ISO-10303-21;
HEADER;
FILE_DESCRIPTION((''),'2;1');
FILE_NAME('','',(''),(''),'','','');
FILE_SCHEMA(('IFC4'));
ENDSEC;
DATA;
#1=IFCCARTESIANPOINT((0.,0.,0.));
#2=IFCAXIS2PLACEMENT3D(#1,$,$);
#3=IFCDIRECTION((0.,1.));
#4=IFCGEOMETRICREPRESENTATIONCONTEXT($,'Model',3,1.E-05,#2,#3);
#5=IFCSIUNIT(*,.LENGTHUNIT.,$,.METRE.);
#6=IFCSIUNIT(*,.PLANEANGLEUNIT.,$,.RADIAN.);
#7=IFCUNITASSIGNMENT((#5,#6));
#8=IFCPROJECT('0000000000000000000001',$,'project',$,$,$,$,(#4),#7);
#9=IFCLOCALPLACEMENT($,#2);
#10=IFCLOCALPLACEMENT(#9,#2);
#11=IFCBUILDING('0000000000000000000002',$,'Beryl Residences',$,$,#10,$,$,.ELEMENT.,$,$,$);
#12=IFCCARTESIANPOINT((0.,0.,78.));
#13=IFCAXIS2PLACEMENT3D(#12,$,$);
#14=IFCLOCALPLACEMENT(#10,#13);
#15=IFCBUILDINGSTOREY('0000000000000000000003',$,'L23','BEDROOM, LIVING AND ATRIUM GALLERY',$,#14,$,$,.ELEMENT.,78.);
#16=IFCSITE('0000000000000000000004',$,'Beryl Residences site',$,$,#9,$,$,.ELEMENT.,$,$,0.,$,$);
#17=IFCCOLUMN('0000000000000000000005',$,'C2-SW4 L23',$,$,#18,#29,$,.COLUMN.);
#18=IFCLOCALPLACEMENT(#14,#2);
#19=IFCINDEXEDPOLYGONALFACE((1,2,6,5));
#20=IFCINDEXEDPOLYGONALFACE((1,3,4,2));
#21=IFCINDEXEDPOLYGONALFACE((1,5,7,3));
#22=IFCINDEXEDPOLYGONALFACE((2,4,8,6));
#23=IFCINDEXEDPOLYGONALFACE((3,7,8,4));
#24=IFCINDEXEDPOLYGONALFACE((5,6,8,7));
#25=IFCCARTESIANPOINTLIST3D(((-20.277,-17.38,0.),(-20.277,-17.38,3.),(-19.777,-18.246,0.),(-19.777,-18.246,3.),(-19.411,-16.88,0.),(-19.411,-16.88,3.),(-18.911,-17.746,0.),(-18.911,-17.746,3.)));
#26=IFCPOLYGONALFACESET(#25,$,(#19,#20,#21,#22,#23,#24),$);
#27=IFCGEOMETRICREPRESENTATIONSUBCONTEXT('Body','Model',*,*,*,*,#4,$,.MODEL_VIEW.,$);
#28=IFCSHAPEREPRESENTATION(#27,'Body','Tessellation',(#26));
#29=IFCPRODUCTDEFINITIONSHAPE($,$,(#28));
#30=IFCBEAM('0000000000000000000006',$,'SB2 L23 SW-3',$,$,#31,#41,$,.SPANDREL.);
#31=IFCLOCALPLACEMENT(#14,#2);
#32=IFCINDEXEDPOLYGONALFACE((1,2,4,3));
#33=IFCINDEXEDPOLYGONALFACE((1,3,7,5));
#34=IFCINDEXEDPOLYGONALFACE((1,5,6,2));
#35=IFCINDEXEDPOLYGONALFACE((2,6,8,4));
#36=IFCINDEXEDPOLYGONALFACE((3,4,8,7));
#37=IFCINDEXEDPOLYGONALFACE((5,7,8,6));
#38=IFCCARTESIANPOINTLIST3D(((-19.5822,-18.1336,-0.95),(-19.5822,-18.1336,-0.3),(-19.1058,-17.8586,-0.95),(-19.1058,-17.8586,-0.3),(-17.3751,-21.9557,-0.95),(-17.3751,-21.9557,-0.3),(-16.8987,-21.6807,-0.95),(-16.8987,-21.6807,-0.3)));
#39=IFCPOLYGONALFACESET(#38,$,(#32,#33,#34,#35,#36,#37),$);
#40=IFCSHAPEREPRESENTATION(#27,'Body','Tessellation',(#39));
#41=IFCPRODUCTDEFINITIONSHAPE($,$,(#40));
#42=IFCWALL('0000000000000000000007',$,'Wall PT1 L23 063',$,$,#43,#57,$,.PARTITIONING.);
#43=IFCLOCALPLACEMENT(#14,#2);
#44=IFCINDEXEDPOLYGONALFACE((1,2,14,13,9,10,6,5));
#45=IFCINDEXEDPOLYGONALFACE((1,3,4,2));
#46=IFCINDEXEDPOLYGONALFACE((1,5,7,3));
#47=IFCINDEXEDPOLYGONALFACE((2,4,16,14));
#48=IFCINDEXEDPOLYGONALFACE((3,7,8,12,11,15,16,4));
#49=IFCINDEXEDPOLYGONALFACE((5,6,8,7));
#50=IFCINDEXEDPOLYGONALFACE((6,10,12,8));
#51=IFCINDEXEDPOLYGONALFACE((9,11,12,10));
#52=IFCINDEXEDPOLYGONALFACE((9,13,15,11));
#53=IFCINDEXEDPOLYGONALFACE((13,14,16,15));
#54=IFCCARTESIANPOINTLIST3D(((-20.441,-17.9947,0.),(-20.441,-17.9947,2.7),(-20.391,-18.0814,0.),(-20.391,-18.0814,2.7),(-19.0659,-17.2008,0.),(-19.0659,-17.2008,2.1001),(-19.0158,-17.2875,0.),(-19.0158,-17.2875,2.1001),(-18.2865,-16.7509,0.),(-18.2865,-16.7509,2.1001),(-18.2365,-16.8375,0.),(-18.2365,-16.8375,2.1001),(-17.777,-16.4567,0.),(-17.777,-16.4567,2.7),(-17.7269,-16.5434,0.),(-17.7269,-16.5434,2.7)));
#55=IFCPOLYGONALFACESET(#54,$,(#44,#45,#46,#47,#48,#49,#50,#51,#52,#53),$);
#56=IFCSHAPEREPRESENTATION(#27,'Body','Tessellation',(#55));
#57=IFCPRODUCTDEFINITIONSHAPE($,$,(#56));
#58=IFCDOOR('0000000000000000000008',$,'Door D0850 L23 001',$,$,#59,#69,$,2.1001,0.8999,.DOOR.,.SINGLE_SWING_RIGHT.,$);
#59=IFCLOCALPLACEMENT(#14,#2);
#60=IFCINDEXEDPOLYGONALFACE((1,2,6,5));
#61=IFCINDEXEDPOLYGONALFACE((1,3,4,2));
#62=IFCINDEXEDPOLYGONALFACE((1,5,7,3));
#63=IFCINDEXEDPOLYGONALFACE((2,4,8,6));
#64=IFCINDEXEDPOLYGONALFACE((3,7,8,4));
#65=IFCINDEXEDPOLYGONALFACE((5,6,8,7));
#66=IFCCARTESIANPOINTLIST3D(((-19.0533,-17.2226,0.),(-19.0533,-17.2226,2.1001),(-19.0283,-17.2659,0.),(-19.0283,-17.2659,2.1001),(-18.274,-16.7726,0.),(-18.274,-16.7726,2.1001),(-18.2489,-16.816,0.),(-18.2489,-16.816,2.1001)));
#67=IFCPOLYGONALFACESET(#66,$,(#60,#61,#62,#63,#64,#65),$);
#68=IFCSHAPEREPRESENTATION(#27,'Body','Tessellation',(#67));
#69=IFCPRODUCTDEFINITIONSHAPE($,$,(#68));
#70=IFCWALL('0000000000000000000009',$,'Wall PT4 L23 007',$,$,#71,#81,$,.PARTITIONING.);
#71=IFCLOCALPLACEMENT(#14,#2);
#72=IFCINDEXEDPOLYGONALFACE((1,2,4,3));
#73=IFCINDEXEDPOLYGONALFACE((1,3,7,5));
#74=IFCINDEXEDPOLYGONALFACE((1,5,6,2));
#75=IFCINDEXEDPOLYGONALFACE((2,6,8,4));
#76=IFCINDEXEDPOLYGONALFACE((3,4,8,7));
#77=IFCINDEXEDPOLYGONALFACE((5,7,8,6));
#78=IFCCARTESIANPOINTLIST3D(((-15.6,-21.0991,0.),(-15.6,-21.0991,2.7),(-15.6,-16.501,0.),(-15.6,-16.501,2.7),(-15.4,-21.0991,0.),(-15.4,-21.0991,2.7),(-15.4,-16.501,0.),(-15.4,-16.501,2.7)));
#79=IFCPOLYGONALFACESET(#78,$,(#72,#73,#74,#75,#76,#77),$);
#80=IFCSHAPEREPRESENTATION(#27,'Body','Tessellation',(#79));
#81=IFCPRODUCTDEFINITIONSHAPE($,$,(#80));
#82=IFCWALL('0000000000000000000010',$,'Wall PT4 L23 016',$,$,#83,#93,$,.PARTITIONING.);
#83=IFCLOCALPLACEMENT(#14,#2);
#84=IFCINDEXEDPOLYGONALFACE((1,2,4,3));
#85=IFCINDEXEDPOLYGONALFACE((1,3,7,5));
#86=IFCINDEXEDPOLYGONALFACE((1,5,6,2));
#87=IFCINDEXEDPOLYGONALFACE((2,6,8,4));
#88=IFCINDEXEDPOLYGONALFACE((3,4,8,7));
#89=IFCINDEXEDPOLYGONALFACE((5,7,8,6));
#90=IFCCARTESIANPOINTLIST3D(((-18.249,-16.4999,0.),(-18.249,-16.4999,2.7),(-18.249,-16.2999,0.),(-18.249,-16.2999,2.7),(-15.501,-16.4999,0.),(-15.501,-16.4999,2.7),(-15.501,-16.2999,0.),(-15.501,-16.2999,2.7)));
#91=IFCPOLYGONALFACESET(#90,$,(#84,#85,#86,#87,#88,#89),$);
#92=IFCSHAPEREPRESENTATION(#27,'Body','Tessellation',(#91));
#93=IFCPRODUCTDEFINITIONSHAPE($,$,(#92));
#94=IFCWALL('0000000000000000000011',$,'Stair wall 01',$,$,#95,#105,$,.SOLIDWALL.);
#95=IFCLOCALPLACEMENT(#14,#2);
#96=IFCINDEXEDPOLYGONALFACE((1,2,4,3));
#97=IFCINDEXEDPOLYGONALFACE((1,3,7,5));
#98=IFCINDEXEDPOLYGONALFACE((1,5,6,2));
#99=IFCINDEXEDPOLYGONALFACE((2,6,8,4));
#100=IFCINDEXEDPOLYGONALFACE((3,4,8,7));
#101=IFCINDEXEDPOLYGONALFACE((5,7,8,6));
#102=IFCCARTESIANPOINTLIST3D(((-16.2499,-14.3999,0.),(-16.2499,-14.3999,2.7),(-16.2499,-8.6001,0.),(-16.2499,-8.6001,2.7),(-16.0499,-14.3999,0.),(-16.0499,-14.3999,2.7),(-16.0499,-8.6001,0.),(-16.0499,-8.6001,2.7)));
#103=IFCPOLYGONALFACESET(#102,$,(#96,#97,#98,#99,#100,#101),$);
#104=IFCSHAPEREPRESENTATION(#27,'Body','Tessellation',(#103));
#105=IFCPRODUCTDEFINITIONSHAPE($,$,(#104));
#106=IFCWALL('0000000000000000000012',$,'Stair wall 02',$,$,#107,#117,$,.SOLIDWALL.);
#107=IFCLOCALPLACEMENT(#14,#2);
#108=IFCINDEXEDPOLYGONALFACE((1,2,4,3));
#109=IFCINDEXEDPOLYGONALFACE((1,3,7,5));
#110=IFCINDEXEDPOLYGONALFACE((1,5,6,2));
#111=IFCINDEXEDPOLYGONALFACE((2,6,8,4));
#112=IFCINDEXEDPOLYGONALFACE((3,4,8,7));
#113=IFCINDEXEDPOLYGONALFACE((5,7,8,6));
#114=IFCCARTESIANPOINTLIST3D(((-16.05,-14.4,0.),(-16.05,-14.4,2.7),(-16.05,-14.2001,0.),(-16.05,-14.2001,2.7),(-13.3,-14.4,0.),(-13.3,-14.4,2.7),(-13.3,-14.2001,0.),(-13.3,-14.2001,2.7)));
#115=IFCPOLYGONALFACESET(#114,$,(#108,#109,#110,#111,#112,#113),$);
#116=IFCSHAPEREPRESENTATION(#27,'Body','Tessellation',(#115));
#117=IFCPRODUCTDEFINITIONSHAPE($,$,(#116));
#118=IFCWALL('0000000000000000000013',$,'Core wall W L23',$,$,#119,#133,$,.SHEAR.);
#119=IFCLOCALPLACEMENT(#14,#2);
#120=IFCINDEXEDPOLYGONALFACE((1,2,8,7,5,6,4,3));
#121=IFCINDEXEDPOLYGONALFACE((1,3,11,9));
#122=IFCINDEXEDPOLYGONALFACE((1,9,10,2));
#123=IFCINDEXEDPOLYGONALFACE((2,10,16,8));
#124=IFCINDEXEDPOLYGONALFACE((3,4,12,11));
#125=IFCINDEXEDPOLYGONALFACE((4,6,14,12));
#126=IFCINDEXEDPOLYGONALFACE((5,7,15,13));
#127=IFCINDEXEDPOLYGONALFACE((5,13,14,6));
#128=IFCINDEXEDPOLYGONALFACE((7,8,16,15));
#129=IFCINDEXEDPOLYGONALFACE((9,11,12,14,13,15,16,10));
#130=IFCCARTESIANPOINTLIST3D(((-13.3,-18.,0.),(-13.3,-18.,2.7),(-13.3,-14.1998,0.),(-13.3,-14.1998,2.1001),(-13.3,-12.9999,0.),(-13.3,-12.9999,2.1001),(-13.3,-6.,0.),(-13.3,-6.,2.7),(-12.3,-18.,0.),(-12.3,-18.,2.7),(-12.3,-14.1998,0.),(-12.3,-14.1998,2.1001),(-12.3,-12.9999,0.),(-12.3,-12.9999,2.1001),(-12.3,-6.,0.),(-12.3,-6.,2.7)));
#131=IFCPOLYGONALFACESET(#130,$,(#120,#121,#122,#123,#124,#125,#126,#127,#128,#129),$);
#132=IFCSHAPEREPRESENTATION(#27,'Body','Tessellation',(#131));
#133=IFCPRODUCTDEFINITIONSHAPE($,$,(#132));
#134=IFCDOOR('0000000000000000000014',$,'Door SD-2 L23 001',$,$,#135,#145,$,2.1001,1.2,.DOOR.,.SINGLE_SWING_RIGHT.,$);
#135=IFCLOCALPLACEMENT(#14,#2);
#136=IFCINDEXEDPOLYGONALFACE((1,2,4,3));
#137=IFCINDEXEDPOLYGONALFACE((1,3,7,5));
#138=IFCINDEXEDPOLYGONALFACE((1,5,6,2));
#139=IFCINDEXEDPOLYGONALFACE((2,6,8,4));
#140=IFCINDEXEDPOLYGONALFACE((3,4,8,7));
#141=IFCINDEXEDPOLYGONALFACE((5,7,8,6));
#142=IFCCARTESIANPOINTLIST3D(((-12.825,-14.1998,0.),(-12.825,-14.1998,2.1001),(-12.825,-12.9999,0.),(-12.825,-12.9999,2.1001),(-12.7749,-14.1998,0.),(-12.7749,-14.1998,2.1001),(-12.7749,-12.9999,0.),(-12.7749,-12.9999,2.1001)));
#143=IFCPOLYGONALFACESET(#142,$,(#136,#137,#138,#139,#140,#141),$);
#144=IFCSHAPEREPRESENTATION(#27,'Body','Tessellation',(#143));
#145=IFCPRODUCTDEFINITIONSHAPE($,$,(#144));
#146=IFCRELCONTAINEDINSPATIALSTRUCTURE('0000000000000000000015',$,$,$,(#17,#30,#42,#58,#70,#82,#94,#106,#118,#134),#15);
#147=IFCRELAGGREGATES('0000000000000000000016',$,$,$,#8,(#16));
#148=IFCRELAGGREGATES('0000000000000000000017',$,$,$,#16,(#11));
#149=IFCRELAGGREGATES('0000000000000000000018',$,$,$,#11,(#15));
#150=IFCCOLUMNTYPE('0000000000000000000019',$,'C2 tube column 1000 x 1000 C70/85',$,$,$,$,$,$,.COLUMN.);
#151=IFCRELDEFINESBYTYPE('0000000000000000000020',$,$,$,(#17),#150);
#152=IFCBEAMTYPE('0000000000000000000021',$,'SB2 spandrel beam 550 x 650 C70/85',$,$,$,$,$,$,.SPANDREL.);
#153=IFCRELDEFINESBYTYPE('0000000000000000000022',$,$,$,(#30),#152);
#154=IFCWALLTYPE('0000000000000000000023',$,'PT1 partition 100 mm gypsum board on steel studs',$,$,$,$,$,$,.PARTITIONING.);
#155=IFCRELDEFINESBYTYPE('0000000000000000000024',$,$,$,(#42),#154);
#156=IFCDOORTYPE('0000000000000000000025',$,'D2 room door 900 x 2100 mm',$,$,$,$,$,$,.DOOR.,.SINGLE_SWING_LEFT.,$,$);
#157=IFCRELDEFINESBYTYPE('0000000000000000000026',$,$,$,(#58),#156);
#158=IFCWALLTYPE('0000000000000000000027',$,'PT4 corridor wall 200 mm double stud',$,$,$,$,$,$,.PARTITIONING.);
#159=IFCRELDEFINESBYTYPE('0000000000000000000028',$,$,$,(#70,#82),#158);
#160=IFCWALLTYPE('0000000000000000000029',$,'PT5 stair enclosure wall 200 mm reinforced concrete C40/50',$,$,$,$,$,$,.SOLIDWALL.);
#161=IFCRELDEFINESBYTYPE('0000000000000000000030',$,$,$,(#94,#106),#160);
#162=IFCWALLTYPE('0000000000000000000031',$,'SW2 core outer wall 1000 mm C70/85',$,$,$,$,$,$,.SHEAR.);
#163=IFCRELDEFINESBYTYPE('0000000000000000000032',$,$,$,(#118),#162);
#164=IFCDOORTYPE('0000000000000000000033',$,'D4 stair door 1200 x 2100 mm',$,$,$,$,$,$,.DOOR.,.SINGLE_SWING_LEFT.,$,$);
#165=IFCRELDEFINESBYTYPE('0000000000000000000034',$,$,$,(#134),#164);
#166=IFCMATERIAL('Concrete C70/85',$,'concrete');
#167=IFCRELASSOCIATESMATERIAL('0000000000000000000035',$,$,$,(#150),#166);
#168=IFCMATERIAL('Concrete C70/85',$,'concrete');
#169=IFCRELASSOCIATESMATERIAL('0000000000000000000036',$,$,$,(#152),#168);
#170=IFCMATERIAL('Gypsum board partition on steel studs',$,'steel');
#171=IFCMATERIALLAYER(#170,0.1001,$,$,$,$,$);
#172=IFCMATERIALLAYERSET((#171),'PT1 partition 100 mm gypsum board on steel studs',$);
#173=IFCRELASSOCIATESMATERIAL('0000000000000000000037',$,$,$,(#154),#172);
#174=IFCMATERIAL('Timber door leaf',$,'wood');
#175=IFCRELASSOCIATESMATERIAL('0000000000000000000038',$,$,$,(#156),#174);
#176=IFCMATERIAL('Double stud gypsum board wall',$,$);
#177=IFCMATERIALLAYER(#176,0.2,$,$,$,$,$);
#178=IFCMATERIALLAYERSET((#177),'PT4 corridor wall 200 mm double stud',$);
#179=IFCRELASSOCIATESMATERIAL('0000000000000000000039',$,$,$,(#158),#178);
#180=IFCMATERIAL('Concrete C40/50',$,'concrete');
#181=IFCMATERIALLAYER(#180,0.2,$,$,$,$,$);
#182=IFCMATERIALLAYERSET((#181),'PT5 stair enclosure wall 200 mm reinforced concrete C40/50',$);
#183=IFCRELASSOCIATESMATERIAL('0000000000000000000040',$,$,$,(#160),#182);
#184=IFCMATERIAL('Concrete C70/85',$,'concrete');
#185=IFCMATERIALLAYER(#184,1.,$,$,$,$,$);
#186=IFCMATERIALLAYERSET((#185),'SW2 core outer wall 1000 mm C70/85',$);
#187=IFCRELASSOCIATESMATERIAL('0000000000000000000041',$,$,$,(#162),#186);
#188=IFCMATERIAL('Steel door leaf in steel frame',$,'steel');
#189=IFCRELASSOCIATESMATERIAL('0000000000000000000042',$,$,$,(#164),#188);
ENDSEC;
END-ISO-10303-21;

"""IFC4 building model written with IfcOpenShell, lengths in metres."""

from ifc_helpers import new_model, si_unit, direction, frame, frame_2d, origin, origin_2d, place, context, subcontext, project, spatial, rectangle, extrude, material, layer, layer_set, material_profile, profile_set, type_object, element, fill, save


model = new_model("IFC4")

# Units and contexts
model_context = context("Model", 3, precision=1e-05, world=origin(), true_north=direction((0.0, 1.0)))
body_context = subcontext(model_context, "Body", "Model", "MODEL_VIEW")
ifc_project = project(units=[si_unit("LENGTHUNIT", "METRE"), si_unit("PLANEANGLEUNIT", "RADIAN")], contexts=[model_context])

# Site, building, storey
site_placement = place(None, origin())
site = spatial("IfcSite", under=ifc_project, at=site_placement, Name="Beryl Residences site", CompositionType="ELEMENT", RefElevation=0.0)
building_placement = place(site_placement, origin())
building = spatial("IfcBuilding", under=site, at=building_placement, Name="Beryl Residences", CompositionType="ELEMENT")
storey_placement = place(building_placement, frame((0.0, 0.0, 78.0)))
storey = spatial("IfcBuildingStorey", under=building, at=storey_placement, Name="L23", Description="BEDROOM, LIVING AND ATRIUM GALLERY", CompositionType="ELEMENT", Elevation=78.0)

# Column
ifc_material_1 = material(Name="Concrete C70/85", Category="concrete")
ifc_material_profile_1 = material_profile(ifc_material_1, rectangle(XDim=1.0, YDim=1.0, at=origin_2d()))
ifc_profile_set_1 = profile_set([ifc_material_profile_1], Name="Concrete C70/85")
column_type = type_object("IfcColumnType", Name="C2 tube column 1000 x 1000 C70/85", PredefinedType="COLUMN", material=ifc_profile_set_1)
column_placement = place(storey_placement, frame((-19.594, -17.563, 0.0), z_axis=(0.0, 0.0, 1.0), x_axis=(0.5, -0.866025, 0.0)))
element("IfcColumn", 1, at=column_placement, inside=storey, type_object=column_type, Name="C2-SW4 L23", PredefinedType="COLUMN", context=body_context, shape_type="SweptSolid", body=[
    extrude(rectangle(XDim=1.0, YDim=1.0, at=origin_2d()), origin(), (0.0, 0.0, 1.0), 3.0),
])

# Beam
ifc_material_2 = material(Name="Concrete C70/85", Category="concrete")
ifc_material_profile_2 = material_profile(ifc_material_2, rectangle(XDim=0.55, YDim=0.6499, at=origin_2d()))
ifc_profile_set_2 = profile_set([ifc_material_profile_2], Name="Concrete C70/85")
beam_type = type_object("IfcBeamType", Name="SB2 spandrel beam 550 x 650 C70/85", PredefinedType="SPANDREL", material=ifc_profile_set_2)
beam_placement = place(storey_placement, frame((-19.344, -17.9961, -0.625), z_axis=(0.500066, -0.865988, 0.0), x_axis=(0.865988, 0.500066, 0.0)))
element("IfcBeam", 2, at=beam_placement, inside=storey, type_object=beam_type, Name="SB2 L23 SW-3", PredefinedType="SPANDREL", context=body_context, shape_type="SweptSolid", body=[
    extrude(rectangle(XDim=0.55, YDim=0.6499, at=origin_2d()), origin(), (0.0, 0.0, 1.0), 4.4136),
])

# Wall, opening, door
ifc_material_3 = material(Name="Gypsum board partition on steel studs", Category="steel")
ifc_layer_1 = layer(ifc_material_3, 0.1001)
ifc_layer_set_1 = layer_set([ifc_layer_1], Name="PT1 partition 100 mm gypsum board on steel studs")
wall_type_1 = type_object("IfcWallType", Name="PT1 partition 100 mm gypsum board on steel studs", PredefinedType="PARTITIONING", material=ifc_layer_set_1)
wall_1_placement = place(storey_placement, frame((-20.416, -18.0381, 0.0), z_axis=(0.0, 0.0, 1.0), x_axis=(0.866027, 0.499997, 0.0)))
wall_1 = element("IfcWall", 3, at=wall_1_placement, inside=storey, type_object=wall_type_1, Name="Wall PT1 L23 063", PredefinedType="PARTITIONING", context=body_context, shape_type="SweptSolid", body=[
    extrude(rectangle(XDim=3.0762, YDim=0.1001, at=frame_2d((1.5381, 0.0))), origin(), (0.0, 0.0, 1.0), 2.7),
])
opening_1_placement = place(wall_1_placement, frame((1.5879, 0.0, 0.0)))
opening_1 = element("IfcOpeningElement", 4, at=opening_1_placement, cuts=wall_1, PredefinedType="OPENING", context=body_context, shape_type="SweptSolid", body=[
    extrude(rectangle(XDim=0.8999, YDim=2.1001, at=frame_2d((0.45, 1.05))), frame((0.0, 0.0601, 0.0), z_axis=(0.0, -1.0, 0.0), x_axis=(1.0, 0.0, 0.0)), (0.0, 0.0, 1.0), 0.1201),
])
ifc_material_4 = material(Name="Timber door leaf", Category="wood")
door_type_1 = type_object("IfcDoorType", Name="D2 room door 900 x 2100 mm", OperationType="SINGLE_SWING_LEFT", PredefinedType="DOOR", material=ifc_material_4)
door_1_placement = place(opening_1_placement, origin())
door_1 = element("IfcDoor", 5, at=door_1_placement, inside=storey, type_object=door_type_1, Name="Door D0850 L23 001", OperationType="SINGLE_SWING_RIGHT", OverallHeight=2.1001, OverallWidth=0.8999, PredefinedType="DOOR", context=body_context, shape_type="SweptSolid", body=[
    extrude(rectangle(XDim=0.8999, YDim=2.1001, at=frame_2d((0.45, 1.05))), frame((0.0, 0.0249, 0.0), z_axis=(0.0, -1.0, 0.0), x_axis=(1.0, 0.0, 0.0)), (0.0, 0.0, 1.0), 0.05),
])
fill(opening_1, door_1)

# Walls
ifc_material_5 = material(Name="Double stud gypsum board wall")
ifc_layer_2 = layer(ifc_material_5, 0.2)
ifc_layer_set_2 = layer_set([ifc_layer_2], Name="PT4 corridor wall 200 mm double stud")
wall_type_2 = type_object("IfcWallType", Name="PT4 corridor wall 200 mm double stud", PredefinedType="PARTITIONING", material=ifc_layer_set_2)
wall_2_placement = place(storey_placement, frame((-15.5, -16.501, 0.0), z_axis=(0.0, 0.0, 1.0), x_axis=(0.0, -1.0, 0.0)))
element("IfcWall", 6, at=wall_2_placement, inside=storey, type_object=wall_type_2, Name="Wall PT4 L23 007", PredefinedType="PARTITIONING", context=body_context, shape_type="SweptSolid", body=[
    extrude(rectangle(XDim=4.5981, YDim=0.2, at=frame_2d((2.2991, 0.0))), origin(), (0.0, 0.0, 1.0), 2.7),
])
wall_3_placement = place(storey_placement, frame((-18.249, -16.3999, 0.0), z_axis=(0.0, 0.0, 1.0), x_axis=(1.0, 0.0, 0.0)))
element("IfcWall", 7, at=wall_3_placement, inside=storey, type_object=wall_type_2, Name="Wall PT4 L23 016", PredefinedType="PARTITIONING", context=body_context, shape_type="SweptSolid", body=[
    extrude(rectangle(XDim=2.748, YDim=0.2, at=frame_2d((1.374, 0.0))), origin(), (0.0, 0.0, 1.0), 2.7),
])
ifc_material_6 = material(Name="Concrete C40/50", Category="concrete")
ifc_layer_3 = layer(ifc_material_6, 0.2)
ifc_layer_set_3 = layer_set([ifc_layer_3], Name="PT5 stair enclosure wall 200 mm reinforced concrete C40/50")
wall_type_3 = type_object("IfcWallType", Name="PT5 stair enclosure wall 200 mm reinforced concrete C40/50", PredefinedType="SOLIDWALL", material=ifc_layer_set_3)
wall_4_placement = place(storey_placement, frame((-16.1499, -14.3999, 0.0), z_axis=(0.0, 0.0, 1.0), x_axis=(0.0, 1.0, 0.0)))
element("IfcWall", 8, at=wall_4_placement, inside=storey, type_object=wall_type_3, Name="Stair wall 01", PredefinedType="SOLIDWALL", context=body_context, shape_type="SweptSolid", body=[
    extrude(rectangle(XDim=5.7998, YDim=0.2, at=frame_2d((2.8999, 0.0))), origin(), (0.0, 0.0, 1.0), 2.7),
])
wall_5_placement = place(storey_placement, frame((-16.05, -14.3, 0.0), z_axis=(0.0, 0.0, 1.0), x_axis=(1.0, 0.0, 0.0)))
element("IfcWall", 9, at=wall_5_placement, inside=storey, type_object=wall_type_3, Name="Stair wall 02", PredefinedType="SOLIDWALL", context=body_context, shape_type="SweptSolid", body=[
    extrude(rectangle(XDim=2.75, YDim=0.2, at=frame_2d((1.375, 0.0))), origin(), (0.0, 0.0, 1.0), 2.7),
])

# Wall, opening, door
ifc_material_7 = material(Name="Concrete C70/85", Category="concrete")
ifc_layer_4 = layer(ifc_material_7, 1.0)
ifc_layer_set_4 = layer_set([ifc_layer_4], Name="SW2 core outer wall 1000 mm C70/85")
wall_type_4 = type_object("IfcWallType", Name="SW2 core outer wall 1000 mm C70/85", PredefinedType="SHEAR", material=ifc_layer_set_4)
wall_6_placement = place(storey_placement, frame((-12.8, -18.0, 0.0), z_axis=(0.0, 0.0, 1.0), x_axis=(0.0, 1.0, 0.0)))
wall_6 = element("IfcWall", 10, at=wall_6_placement, inside=storey, type_object=wall_type_4, Name="Core wall W L23", PredefinedType="SHEAR", context=body_context, shape_type="SweptSolid", body=[
    extrude(rectangle(XDim=12.0, YDim=1.0, at=frame_2d((6.0, 0.0))), origin(), (0.0, 0.0, 1.0), 2.7),
])
opening_2_placement = place(wall_6_placement, frame((3.8, 0.0, 0.0)))
opening_2 = element("IfcOpeningElement", 11, at=opening_2_placement, cuts=wall_6, PredefinedType="OPENING", context=body_context, shape_type="SweptSolid", body=[
    extrude(rectangle(XDim=1.2, YDim=2.1001, at=frame_2d((0.6001, 1.05))), frame((0.0, 0.51, 0.0), z_axis=(0.0, -1.0, 0.0), x_axis=(1.0, 0.0, 0.0)), (0.0, 0.0, 1.0), 1.02),
])
ifc_material_8 = material(Name="Steel door leaf in steel frame", Category="steel")
door_type_2 = type_object("IfcDoorType", Name="D4 stair door 1200 x 2100 mm", OperationType="SINGLE_SWING_LEFT", PredefinedType="DOOR", material=ifc_material_8)
door_2_placement = place(opening_2_placement, origin())
door_2 = element("IfcDoor", 12, at=door_2_placement, inside=storey, type_object=door_type_2, Name="Door SD-2 L23 001", OperationType="SINGLE_SWING_RIGHT", OverallHeight=2.1001, OverallWidth=1.2, PredefinedType="DOOR", context=body_context, shape_type="SweptSolid", body=[
    extrude(rectangle(XDim=1.2, YDim=2.1001, at=frame_2d((0.6001, 1.05))), frame((0.0, 0.0249, 0.0), z_axis=(0.0, -1.0, 0.0), x_axis=(1.0, 0.0, 0.0)), (0.0, 0.0, 1.0), 0.05),
])
fill(opening_2, door_2)

save(model, "model.ifc")
